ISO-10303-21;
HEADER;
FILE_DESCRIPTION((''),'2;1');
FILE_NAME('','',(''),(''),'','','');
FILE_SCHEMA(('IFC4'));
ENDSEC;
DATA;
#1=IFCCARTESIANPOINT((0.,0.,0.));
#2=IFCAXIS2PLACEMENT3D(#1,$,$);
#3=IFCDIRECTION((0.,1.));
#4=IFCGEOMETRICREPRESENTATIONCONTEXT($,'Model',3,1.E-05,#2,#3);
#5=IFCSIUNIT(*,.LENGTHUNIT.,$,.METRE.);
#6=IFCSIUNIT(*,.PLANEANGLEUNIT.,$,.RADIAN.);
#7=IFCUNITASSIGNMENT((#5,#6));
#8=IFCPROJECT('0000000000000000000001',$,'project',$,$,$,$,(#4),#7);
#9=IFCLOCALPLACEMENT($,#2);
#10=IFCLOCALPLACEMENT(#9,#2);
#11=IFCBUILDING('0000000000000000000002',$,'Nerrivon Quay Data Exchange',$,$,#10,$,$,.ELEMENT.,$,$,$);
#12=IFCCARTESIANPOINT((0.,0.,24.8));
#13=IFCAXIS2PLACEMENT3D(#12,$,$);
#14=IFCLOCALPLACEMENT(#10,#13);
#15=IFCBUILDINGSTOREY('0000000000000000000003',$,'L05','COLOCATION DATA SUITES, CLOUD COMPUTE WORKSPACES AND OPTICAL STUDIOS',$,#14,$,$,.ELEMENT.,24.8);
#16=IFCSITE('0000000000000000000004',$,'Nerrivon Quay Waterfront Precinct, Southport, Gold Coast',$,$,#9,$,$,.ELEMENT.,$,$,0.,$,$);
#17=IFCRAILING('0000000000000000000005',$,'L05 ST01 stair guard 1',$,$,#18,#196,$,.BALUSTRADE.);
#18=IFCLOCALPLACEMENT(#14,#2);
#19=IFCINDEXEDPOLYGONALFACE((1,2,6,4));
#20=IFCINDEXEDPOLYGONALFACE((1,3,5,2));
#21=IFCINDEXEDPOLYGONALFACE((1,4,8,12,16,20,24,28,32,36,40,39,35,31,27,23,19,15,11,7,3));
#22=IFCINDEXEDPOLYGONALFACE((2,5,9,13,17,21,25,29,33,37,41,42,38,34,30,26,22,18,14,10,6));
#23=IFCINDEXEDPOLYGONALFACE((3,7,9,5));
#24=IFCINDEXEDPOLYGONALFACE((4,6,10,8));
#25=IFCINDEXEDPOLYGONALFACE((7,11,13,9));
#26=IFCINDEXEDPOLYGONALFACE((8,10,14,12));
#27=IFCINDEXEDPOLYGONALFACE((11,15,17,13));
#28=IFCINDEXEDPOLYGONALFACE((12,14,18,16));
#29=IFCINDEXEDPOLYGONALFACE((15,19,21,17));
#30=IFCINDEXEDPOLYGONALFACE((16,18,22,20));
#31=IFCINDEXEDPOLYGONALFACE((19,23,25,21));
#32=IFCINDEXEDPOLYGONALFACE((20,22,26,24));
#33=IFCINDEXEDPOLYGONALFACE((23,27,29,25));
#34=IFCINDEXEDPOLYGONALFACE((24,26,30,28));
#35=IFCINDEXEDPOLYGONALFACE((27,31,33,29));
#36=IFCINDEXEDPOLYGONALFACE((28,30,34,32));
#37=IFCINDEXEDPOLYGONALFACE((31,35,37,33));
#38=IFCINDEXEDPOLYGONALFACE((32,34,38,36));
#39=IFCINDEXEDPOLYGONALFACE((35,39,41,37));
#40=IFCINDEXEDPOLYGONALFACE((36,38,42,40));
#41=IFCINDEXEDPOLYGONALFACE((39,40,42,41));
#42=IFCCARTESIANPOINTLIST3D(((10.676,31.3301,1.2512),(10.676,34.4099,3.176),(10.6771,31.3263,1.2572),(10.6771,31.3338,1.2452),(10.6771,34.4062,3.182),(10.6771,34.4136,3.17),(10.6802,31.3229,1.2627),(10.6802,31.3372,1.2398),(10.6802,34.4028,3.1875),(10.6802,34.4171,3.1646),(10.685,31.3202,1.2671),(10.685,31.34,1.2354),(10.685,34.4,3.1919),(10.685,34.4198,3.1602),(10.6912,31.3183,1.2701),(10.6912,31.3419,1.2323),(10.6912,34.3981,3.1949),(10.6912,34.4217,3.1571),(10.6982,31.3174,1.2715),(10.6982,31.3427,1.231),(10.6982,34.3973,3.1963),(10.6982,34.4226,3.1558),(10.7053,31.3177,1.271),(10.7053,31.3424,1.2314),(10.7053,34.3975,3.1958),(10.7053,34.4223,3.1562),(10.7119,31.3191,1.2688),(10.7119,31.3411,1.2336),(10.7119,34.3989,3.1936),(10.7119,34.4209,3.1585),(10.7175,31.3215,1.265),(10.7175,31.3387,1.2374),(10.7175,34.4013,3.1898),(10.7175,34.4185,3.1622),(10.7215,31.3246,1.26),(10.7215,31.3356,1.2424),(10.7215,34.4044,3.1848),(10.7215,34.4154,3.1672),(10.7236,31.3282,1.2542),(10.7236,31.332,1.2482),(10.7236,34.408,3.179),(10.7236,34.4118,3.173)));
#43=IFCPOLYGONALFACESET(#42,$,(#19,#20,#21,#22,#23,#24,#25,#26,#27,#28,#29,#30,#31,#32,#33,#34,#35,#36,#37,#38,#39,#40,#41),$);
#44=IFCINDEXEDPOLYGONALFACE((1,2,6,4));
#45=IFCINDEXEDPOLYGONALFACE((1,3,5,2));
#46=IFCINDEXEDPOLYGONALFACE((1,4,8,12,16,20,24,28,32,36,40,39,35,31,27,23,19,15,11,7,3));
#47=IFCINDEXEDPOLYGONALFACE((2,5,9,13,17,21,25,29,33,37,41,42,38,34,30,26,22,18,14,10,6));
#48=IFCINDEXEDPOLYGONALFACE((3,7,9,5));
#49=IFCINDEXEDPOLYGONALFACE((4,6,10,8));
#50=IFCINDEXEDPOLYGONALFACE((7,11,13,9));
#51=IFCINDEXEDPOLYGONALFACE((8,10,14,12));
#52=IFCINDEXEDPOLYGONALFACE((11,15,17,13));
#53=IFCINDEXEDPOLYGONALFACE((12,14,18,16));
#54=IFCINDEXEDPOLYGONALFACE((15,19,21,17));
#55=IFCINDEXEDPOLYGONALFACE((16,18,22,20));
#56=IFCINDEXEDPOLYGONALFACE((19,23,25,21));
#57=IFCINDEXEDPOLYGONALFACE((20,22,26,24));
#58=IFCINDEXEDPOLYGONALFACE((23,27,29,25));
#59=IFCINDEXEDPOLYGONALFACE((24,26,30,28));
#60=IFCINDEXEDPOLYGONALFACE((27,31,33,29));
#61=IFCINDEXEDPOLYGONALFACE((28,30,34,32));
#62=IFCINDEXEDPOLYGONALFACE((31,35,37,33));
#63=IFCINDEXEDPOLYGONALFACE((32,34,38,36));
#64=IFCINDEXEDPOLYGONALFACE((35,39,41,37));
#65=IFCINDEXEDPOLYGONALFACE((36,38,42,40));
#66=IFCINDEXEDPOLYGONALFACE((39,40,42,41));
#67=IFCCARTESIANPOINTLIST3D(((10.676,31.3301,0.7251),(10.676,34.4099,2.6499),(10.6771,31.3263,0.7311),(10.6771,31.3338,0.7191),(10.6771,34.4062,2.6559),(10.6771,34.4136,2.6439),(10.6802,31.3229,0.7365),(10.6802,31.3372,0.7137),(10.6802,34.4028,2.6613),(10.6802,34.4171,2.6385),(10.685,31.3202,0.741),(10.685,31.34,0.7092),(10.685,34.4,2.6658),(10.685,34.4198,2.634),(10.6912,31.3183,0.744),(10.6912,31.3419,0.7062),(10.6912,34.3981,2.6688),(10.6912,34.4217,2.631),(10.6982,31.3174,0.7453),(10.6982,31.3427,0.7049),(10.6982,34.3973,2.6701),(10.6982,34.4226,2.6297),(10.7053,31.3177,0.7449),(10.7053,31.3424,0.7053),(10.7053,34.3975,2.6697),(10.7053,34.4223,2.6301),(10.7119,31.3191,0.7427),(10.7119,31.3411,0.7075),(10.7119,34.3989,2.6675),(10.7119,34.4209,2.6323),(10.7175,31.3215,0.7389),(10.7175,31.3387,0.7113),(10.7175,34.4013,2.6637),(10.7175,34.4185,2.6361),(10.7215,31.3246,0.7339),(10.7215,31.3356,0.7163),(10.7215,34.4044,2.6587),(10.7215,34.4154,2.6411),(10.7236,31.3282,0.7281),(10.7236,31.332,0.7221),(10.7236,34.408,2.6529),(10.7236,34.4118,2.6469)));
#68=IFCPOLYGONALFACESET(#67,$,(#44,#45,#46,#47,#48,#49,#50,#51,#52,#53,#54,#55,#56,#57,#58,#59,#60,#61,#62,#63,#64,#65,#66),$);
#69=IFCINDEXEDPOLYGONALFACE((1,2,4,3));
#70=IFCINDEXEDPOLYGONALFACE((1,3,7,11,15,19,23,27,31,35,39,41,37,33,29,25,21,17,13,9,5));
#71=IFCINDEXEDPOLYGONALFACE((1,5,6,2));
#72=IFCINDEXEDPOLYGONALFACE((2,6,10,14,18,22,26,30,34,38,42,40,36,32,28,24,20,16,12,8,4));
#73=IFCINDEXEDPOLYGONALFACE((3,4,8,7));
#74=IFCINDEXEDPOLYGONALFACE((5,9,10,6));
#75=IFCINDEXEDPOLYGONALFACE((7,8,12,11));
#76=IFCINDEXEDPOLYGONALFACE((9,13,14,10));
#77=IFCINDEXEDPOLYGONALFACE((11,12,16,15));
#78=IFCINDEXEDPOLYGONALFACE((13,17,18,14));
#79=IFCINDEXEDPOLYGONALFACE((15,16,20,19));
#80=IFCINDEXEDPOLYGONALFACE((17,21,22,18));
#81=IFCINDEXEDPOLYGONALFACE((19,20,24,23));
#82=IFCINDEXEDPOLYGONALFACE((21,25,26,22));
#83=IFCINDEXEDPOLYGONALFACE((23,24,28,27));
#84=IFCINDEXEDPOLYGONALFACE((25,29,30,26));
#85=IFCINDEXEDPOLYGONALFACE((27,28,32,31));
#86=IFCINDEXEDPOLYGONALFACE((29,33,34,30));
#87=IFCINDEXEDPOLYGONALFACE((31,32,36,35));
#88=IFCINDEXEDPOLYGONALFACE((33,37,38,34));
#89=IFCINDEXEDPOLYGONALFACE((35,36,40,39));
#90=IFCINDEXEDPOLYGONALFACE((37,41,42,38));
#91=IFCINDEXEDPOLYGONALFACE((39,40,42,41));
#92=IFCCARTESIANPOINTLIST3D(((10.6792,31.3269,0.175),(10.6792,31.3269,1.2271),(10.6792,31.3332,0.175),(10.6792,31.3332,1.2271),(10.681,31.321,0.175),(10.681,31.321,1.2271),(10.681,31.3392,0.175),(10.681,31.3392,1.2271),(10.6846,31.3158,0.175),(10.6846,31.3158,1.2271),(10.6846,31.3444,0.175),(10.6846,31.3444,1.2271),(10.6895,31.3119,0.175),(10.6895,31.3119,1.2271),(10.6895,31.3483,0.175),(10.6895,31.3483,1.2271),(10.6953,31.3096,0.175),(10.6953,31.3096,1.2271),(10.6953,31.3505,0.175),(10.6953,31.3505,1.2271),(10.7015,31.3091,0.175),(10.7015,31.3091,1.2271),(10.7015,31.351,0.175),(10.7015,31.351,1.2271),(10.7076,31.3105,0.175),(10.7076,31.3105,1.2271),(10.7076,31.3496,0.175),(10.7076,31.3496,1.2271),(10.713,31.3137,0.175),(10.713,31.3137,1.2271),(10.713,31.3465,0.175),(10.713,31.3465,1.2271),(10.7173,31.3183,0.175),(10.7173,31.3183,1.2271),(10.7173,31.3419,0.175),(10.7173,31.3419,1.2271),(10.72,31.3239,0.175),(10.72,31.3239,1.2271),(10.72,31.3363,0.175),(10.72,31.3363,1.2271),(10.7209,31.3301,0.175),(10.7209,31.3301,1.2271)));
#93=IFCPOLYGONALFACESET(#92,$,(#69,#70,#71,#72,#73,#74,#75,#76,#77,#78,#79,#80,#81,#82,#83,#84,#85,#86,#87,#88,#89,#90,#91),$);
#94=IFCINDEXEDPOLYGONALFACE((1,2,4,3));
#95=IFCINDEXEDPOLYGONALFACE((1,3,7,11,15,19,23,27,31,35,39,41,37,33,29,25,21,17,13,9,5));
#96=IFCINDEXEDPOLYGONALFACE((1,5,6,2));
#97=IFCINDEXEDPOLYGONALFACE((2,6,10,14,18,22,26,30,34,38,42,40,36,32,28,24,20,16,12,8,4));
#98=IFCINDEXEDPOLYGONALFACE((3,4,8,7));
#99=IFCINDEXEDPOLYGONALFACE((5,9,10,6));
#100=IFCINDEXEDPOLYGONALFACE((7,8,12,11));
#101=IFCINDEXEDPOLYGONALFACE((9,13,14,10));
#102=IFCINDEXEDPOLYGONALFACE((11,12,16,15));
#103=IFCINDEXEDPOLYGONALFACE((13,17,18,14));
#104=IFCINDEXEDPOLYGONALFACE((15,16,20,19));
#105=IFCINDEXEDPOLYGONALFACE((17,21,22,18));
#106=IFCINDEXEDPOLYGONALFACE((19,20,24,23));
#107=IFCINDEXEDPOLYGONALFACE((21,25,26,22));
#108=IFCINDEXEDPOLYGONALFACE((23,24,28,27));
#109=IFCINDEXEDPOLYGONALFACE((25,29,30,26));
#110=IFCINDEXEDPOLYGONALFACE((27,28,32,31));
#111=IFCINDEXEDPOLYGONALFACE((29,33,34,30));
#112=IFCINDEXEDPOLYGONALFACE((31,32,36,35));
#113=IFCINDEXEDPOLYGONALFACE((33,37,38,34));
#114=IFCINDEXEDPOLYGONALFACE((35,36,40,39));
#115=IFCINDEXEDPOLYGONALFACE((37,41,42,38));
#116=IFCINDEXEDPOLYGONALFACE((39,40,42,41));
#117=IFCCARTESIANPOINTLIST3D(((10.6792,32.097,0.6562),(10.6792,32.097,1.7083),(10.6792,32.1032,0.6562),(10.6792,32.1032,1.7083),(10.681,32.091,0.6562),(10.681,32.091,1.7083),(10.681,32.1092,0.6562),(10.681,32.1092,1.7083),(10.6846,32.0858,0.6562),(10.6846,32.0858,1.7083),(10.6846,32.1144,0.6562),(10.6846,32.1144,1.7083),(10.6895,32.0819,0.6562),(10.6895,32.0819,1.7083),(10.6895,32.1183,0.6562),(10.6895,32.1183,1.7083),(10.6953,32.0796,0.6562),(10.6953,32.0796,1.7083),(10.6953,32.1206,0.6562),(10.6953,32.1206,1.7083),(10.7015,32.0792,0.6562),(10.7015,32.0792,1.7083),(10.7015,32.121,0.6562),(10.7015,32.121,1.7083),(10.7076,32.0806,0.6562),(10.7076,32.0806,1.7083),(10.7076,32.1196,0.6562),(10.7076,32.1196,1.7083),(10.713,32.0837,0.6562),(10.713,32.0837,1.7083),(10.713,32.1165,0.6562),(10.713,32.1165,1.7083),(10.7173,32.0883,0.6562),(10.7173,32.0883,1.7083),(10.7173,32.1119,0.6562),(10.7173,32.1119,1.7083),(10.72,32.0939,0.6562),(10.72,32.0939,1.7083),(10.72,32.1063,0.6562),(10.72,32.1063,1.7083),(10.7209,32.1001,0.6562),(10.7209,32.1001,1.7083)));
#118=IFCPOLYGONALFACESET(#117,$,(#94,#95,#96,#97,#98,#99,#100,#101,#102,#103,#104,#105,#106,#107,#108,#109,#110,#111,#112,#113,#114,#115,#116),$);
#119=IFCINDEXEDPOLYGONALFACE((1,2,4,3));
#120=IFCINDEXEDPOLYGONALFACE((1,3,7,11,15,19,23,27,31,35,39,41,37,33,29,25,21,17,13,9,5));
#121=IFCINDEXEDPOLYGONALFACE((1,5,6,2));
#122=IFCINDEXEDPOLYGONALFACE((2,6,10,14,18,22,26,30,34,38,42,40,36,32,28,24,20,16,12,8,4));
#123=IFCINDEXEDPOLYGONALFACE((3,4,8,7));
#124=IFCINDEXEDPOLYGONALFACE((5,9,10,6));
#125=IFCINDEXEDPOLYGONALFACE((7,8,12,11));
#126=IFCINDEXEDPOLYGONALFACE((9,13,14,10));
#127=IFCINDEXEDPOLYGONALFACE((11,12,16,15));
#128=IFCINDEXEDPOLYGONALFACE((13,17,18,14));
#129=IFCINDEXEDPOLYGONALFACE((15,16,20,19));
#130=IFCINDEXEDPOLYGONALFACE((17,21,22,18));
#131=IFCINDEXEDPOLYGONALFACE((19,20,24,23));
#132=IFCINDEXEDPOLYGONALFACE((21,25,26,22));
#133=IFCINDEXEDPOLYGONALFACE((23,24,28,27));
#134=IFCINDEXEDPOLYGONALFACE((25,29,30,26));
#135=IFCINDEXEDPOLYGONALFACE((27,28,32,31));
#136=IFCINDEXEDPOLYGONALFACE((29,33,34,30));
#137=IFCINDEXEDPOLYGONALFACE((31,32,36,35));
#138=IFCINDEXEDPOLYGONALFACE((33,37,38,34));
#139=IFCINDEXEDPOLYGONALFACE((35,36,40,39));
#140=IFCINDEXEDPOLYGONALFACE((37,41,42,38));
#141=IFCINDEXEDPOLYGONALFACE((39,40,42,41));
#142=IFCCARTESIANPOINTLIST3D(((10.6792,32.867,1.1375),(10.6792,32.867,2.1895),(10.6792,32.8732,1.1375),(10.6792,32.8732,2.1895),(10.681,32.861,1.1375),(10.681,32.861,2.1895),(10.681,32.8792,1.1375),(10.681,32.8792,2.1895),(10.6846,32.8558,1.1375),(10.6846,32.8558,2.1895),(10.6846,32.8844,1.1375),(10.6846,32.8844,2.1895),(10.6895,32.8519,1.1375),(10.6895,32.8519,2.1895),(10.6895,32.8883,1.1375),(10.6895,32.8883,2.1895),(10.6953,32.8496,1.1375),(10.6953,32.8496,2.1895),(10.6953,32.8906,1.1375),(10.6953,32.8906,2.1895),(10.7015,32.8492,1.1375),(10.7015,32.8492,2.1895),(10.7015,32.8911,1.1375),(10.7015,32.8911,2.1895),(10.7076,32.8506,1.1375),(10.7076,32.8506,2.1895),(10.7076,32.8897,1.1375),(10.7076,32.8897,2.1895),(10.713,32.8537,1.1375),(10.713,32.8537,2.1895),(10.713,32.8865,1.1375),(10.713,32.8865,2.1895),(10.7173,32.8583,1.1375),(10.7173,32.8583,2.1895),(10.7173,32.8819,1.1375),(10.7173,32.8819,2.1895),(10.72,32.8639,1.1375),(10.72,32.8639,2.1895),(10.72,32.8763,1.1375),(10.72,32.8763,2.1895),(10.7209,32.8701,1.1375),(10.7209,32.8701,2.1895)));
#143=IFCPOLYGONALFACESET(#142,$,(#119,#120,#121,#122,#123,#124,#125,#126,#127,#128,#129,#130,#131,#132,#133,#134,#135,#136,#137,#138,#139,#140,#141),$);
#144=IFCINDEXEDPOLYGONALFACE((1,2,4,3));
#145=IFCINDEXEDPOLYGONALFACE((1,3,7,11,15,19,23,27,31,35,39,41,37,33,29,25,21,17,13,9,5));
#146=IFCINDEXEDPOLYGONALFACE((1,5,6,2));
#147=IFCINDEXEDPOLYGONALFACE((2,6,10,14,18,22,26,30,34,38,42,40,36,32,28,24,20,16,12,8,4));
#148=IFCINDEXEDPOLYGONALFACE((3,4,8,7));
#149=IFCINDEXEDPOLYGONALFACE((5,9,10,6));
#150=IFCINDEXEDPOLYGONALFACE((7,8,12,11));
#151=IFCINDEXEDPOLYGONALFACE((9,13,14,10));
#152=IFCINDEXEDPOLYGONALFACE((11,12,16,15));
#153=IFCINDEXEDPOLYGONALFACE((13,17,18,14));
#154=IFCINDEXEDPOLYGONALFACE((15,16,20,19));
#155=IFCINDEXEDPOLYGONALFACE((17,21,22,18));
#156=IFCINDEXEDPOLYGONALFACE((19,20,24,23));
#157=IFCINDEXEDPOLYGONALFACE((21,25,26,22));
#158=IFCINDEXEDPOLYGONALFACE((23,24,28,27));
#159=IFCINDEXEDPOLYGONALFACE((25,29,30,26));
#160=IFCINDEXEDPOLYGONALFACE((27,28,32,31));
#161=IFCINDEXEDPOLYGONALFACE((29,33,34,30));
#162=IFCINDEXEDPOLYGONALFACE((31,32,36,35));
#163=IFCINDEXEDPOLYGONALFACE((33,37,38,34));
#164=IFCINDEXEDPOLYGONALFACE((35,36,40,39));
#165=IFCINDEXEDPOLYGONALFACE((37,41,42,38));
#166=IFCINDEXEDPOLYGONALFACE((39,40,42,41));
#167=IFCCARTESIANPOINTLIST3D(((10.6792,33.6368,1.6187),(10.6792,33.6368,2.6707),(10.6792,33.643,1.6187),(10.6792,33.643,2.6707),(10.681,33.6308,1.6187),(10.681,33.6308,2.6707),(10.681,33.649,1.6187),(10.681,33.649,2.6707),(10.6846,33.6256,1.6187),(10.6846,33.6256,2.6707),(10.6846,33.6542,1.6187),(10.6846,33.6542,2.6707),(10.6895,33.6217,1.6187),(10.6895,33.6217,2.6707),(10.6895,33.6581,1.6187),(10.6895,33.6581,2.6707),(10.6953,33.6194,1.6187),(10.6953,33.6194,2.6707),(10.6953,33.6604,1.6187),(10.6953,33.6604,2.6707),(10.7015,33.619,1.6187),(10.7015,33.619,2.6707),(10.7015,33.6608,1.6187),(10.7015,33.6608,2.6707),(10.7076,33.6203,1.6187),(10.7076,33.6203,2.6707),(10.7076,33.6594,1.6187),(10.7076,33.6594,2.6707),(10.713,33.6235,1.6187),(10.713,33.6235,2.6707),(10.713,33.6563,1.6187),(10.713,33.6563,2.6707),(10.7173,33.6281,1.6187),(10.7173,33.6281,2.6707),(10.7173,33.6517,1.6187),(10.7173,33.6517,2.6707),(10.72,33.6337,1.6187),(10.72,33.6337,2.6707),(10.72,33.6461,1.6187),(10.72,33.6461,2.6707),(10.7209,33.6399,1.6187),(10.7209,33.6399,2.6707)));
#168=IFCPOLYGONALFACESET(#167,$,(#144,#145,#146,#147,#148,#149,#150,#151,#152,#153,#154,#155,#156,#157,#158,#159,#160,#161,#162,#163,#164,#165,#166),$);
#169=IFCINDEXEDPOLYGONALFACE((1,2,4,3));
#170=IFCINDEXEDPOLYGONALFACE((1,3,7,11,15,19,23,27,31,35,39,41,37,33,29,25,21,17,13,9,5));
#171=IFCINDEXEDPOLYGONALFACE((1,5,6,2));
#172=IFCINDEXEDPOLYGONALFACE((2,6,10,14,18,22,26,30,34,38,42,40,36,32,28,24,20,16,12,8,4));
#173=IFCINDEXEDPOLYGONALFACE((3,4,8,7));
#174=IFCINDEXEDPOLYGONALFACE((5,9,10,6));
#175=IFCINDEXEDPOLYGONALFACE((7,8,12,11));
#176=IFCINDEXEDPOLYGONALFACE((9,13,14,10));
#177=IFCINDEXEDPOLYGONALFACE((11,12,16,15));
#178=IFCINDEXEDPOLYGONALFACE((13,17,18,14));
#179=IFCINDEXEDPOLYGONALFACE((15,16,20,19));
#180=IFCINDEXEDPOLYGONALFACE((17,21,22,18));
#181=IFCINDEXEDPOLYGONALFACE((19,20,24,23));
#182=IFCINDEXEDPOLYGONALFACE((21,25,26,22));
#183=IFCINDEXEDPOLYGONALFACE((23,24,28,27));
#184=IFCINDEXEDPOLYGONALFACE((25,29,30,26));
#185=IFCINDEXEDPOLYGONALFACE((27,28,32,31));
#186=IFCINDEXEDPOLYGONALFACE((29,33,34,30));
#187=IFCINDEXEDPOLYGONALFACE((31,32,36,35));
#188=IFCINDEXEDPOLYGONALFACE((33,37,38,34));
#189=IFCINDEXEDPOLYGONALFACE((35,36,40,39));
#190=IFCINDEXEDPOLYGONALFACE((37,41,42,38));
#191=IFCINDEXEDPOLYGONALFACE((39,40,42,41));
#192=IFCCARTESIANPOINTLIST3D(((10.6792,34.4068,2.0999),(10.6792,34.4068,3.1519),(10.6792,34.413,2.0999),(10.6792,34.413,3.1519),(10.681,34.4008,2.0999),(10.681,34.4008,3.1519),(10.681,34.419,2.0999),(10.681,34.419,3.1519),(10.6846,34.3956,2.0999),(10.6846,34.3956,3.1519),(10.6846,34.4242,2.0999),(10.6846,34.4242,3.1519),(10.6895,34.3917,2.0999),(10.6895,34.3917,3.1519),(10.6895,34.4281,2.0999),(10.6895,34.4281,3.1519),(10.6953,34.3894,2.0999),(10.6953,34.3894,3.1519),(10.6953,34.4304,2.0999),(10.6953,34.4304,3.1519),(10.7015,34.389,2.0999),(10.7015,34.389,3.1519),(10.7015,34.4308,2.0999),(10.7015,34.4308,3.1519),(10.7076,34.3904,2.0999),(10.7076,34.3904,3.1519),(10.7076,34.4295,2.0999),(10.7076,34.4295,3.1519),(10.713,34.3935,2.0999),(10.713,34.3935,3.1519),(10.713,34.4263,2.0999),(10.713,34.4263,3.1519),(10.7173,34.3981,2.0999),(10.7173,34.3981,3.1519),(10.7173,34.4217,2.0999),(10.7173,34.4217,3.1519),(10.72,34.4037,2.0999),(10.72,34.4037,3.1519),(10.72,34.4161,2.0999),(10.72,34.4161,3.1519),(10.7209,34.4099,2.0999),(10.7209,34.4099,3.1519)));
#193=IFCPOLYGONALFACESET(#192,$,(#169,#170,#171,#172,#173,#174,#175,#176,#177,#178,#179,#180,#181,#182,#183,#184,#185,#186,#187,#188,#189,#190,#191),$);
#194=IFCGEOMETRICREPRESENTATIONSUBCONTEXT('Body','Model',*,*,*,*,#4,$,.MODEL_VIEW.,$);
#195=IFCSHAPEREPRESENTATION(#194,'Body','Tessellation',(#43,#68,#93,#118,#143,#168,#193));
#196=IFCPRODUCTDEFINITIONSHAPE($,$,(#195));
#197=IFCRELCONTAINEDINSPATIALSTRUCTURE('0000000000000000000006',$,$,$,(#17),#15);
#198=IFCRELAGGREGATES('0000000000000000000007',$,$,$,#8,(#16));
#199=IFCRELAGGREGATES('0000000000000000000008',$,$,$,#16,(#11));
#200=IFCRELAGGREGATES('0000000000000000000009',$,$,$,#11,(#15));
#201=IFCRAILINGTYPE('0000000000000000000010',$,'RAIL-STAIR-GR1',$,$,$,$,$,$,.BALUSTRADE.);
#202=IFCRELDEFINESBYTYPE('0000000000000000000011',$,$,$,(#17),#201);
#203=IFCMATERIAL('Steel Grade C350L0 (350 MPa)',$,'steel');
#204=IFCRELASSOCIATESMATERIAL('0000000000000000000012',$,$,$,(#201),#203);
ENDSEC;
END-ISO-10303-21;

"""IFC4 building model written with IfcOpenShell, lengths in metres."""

from ifc_helpers import new_model, si_unit, direction, frame, origin, origin_2d, place, context, subcontext, project, spatial, circle, extrude, material, type_object, element, save


model = new_model("IFC4")

# Units and contexts
model_context = context("Model", 3, precision=1e-05, world=origin(), true_north=direction((0.0, 1.0)))
body_context = subcontext(model_context, "Body", "Model", "MODEL_VIEW")
ifc_project = project(units=[si_unit("LENGTHUNIT", "METRE"), si_unit("PLANEANGLEUNIT", "RADIAN")], contexts=[model_context])

# Site, building, storey
site_placement = place(None, origin())
site = spatial("IfcSite", under=ifc_project, at=site_placement, Name="Nerrivon Quay Waterfront Precinct, Southport, Gold Coast", CompositionType="ELEMENT", RefElevation=0.0)
building_placement = place(site_placement, origin())
building = spatial("IfcBuilding", under=site, at=building_placement, Name="Nerrivon Quay Data Exchange", CompositionType="ELEMENT")
storey_placement = place(building_placement, frame((0.0, 0.0, 24.8)))
storey = spatial("IfcBuildingStorey", under=building, at=storey_placement, Name="L05", Description="COLOCATION DATA SUITES, CLOUD COMPUTE WORKSPACES AND OPTICAL STUDIOS", CompositionType="ELEMENT", Elevation=24.8)

# Railing
ifc_material_1 = material(Name="Steel Grade C350L0 (350 MPa)", Category="steel")
railing_type_1 = type_object("IfcRailingType", Name="RAIL-STAIR-GR1", PredefinedType="BALUSTRADE", material=ifc_material_1)
railing_1_placement = place(storey_placement, frame((10.7, 31.3301, 0.175)))
element("IfcRailing", 1, at=railing_1_placement, inside=storey, type_object=railing_type_1, Name="L05 ST01 stair guard 1", PredefinedType="BALUSTRADE", context=body_context, shape_type="SweptSolid", body=[
    extrude(circle(Radius=0.0239, at=origin_2d()), frame((0.0, 0.0, 1.0762), z_axis=(0.0, 0.84801, 0.529981), x_axis=(-1.0, 0.0, 0.0)), (0.0, 0.0, 1.0), 3.6318),
    extrude(circle(Radius=0.0239, at=origin_2d()), frame((0.0, 0.0, 0.55), z_axis=(0.0, 0.84801, 0.529981), x_axis=(-1.0, 0.0, 0.0)), (0.0, 0.0, 1.0), 3.6318),
    extrude(circle(Radius=0.021, at=origin_2d()), origin(), (0.0, 0.0, 1.0), 1.052),
    extrude(circle(Radius=0.021, at=origin_2d()), frame((0.0, 0.77, 0.4812)), (0.0, 0.0, 1.0), 1.052),
    extrude(circle(Radius=0.021, at=origin_2d()), frame((0.0, 1.54, 0.9624)), (0.0, 0.0, 1.0), 1.052),
    extrude(circle(Radius=0.021, at=origin_2d()), frame((0.0, 2.3098, 1.4436)), (0.0, 0.0, 1.0), 1.052),
    extrude(circle(Radius=0.021, at=origin_2d()), frame((0.0, 3.0798, 1.9248)), (0.0, 0.0, 1.0), 1.052),
])

save(model, "model.ifc")
